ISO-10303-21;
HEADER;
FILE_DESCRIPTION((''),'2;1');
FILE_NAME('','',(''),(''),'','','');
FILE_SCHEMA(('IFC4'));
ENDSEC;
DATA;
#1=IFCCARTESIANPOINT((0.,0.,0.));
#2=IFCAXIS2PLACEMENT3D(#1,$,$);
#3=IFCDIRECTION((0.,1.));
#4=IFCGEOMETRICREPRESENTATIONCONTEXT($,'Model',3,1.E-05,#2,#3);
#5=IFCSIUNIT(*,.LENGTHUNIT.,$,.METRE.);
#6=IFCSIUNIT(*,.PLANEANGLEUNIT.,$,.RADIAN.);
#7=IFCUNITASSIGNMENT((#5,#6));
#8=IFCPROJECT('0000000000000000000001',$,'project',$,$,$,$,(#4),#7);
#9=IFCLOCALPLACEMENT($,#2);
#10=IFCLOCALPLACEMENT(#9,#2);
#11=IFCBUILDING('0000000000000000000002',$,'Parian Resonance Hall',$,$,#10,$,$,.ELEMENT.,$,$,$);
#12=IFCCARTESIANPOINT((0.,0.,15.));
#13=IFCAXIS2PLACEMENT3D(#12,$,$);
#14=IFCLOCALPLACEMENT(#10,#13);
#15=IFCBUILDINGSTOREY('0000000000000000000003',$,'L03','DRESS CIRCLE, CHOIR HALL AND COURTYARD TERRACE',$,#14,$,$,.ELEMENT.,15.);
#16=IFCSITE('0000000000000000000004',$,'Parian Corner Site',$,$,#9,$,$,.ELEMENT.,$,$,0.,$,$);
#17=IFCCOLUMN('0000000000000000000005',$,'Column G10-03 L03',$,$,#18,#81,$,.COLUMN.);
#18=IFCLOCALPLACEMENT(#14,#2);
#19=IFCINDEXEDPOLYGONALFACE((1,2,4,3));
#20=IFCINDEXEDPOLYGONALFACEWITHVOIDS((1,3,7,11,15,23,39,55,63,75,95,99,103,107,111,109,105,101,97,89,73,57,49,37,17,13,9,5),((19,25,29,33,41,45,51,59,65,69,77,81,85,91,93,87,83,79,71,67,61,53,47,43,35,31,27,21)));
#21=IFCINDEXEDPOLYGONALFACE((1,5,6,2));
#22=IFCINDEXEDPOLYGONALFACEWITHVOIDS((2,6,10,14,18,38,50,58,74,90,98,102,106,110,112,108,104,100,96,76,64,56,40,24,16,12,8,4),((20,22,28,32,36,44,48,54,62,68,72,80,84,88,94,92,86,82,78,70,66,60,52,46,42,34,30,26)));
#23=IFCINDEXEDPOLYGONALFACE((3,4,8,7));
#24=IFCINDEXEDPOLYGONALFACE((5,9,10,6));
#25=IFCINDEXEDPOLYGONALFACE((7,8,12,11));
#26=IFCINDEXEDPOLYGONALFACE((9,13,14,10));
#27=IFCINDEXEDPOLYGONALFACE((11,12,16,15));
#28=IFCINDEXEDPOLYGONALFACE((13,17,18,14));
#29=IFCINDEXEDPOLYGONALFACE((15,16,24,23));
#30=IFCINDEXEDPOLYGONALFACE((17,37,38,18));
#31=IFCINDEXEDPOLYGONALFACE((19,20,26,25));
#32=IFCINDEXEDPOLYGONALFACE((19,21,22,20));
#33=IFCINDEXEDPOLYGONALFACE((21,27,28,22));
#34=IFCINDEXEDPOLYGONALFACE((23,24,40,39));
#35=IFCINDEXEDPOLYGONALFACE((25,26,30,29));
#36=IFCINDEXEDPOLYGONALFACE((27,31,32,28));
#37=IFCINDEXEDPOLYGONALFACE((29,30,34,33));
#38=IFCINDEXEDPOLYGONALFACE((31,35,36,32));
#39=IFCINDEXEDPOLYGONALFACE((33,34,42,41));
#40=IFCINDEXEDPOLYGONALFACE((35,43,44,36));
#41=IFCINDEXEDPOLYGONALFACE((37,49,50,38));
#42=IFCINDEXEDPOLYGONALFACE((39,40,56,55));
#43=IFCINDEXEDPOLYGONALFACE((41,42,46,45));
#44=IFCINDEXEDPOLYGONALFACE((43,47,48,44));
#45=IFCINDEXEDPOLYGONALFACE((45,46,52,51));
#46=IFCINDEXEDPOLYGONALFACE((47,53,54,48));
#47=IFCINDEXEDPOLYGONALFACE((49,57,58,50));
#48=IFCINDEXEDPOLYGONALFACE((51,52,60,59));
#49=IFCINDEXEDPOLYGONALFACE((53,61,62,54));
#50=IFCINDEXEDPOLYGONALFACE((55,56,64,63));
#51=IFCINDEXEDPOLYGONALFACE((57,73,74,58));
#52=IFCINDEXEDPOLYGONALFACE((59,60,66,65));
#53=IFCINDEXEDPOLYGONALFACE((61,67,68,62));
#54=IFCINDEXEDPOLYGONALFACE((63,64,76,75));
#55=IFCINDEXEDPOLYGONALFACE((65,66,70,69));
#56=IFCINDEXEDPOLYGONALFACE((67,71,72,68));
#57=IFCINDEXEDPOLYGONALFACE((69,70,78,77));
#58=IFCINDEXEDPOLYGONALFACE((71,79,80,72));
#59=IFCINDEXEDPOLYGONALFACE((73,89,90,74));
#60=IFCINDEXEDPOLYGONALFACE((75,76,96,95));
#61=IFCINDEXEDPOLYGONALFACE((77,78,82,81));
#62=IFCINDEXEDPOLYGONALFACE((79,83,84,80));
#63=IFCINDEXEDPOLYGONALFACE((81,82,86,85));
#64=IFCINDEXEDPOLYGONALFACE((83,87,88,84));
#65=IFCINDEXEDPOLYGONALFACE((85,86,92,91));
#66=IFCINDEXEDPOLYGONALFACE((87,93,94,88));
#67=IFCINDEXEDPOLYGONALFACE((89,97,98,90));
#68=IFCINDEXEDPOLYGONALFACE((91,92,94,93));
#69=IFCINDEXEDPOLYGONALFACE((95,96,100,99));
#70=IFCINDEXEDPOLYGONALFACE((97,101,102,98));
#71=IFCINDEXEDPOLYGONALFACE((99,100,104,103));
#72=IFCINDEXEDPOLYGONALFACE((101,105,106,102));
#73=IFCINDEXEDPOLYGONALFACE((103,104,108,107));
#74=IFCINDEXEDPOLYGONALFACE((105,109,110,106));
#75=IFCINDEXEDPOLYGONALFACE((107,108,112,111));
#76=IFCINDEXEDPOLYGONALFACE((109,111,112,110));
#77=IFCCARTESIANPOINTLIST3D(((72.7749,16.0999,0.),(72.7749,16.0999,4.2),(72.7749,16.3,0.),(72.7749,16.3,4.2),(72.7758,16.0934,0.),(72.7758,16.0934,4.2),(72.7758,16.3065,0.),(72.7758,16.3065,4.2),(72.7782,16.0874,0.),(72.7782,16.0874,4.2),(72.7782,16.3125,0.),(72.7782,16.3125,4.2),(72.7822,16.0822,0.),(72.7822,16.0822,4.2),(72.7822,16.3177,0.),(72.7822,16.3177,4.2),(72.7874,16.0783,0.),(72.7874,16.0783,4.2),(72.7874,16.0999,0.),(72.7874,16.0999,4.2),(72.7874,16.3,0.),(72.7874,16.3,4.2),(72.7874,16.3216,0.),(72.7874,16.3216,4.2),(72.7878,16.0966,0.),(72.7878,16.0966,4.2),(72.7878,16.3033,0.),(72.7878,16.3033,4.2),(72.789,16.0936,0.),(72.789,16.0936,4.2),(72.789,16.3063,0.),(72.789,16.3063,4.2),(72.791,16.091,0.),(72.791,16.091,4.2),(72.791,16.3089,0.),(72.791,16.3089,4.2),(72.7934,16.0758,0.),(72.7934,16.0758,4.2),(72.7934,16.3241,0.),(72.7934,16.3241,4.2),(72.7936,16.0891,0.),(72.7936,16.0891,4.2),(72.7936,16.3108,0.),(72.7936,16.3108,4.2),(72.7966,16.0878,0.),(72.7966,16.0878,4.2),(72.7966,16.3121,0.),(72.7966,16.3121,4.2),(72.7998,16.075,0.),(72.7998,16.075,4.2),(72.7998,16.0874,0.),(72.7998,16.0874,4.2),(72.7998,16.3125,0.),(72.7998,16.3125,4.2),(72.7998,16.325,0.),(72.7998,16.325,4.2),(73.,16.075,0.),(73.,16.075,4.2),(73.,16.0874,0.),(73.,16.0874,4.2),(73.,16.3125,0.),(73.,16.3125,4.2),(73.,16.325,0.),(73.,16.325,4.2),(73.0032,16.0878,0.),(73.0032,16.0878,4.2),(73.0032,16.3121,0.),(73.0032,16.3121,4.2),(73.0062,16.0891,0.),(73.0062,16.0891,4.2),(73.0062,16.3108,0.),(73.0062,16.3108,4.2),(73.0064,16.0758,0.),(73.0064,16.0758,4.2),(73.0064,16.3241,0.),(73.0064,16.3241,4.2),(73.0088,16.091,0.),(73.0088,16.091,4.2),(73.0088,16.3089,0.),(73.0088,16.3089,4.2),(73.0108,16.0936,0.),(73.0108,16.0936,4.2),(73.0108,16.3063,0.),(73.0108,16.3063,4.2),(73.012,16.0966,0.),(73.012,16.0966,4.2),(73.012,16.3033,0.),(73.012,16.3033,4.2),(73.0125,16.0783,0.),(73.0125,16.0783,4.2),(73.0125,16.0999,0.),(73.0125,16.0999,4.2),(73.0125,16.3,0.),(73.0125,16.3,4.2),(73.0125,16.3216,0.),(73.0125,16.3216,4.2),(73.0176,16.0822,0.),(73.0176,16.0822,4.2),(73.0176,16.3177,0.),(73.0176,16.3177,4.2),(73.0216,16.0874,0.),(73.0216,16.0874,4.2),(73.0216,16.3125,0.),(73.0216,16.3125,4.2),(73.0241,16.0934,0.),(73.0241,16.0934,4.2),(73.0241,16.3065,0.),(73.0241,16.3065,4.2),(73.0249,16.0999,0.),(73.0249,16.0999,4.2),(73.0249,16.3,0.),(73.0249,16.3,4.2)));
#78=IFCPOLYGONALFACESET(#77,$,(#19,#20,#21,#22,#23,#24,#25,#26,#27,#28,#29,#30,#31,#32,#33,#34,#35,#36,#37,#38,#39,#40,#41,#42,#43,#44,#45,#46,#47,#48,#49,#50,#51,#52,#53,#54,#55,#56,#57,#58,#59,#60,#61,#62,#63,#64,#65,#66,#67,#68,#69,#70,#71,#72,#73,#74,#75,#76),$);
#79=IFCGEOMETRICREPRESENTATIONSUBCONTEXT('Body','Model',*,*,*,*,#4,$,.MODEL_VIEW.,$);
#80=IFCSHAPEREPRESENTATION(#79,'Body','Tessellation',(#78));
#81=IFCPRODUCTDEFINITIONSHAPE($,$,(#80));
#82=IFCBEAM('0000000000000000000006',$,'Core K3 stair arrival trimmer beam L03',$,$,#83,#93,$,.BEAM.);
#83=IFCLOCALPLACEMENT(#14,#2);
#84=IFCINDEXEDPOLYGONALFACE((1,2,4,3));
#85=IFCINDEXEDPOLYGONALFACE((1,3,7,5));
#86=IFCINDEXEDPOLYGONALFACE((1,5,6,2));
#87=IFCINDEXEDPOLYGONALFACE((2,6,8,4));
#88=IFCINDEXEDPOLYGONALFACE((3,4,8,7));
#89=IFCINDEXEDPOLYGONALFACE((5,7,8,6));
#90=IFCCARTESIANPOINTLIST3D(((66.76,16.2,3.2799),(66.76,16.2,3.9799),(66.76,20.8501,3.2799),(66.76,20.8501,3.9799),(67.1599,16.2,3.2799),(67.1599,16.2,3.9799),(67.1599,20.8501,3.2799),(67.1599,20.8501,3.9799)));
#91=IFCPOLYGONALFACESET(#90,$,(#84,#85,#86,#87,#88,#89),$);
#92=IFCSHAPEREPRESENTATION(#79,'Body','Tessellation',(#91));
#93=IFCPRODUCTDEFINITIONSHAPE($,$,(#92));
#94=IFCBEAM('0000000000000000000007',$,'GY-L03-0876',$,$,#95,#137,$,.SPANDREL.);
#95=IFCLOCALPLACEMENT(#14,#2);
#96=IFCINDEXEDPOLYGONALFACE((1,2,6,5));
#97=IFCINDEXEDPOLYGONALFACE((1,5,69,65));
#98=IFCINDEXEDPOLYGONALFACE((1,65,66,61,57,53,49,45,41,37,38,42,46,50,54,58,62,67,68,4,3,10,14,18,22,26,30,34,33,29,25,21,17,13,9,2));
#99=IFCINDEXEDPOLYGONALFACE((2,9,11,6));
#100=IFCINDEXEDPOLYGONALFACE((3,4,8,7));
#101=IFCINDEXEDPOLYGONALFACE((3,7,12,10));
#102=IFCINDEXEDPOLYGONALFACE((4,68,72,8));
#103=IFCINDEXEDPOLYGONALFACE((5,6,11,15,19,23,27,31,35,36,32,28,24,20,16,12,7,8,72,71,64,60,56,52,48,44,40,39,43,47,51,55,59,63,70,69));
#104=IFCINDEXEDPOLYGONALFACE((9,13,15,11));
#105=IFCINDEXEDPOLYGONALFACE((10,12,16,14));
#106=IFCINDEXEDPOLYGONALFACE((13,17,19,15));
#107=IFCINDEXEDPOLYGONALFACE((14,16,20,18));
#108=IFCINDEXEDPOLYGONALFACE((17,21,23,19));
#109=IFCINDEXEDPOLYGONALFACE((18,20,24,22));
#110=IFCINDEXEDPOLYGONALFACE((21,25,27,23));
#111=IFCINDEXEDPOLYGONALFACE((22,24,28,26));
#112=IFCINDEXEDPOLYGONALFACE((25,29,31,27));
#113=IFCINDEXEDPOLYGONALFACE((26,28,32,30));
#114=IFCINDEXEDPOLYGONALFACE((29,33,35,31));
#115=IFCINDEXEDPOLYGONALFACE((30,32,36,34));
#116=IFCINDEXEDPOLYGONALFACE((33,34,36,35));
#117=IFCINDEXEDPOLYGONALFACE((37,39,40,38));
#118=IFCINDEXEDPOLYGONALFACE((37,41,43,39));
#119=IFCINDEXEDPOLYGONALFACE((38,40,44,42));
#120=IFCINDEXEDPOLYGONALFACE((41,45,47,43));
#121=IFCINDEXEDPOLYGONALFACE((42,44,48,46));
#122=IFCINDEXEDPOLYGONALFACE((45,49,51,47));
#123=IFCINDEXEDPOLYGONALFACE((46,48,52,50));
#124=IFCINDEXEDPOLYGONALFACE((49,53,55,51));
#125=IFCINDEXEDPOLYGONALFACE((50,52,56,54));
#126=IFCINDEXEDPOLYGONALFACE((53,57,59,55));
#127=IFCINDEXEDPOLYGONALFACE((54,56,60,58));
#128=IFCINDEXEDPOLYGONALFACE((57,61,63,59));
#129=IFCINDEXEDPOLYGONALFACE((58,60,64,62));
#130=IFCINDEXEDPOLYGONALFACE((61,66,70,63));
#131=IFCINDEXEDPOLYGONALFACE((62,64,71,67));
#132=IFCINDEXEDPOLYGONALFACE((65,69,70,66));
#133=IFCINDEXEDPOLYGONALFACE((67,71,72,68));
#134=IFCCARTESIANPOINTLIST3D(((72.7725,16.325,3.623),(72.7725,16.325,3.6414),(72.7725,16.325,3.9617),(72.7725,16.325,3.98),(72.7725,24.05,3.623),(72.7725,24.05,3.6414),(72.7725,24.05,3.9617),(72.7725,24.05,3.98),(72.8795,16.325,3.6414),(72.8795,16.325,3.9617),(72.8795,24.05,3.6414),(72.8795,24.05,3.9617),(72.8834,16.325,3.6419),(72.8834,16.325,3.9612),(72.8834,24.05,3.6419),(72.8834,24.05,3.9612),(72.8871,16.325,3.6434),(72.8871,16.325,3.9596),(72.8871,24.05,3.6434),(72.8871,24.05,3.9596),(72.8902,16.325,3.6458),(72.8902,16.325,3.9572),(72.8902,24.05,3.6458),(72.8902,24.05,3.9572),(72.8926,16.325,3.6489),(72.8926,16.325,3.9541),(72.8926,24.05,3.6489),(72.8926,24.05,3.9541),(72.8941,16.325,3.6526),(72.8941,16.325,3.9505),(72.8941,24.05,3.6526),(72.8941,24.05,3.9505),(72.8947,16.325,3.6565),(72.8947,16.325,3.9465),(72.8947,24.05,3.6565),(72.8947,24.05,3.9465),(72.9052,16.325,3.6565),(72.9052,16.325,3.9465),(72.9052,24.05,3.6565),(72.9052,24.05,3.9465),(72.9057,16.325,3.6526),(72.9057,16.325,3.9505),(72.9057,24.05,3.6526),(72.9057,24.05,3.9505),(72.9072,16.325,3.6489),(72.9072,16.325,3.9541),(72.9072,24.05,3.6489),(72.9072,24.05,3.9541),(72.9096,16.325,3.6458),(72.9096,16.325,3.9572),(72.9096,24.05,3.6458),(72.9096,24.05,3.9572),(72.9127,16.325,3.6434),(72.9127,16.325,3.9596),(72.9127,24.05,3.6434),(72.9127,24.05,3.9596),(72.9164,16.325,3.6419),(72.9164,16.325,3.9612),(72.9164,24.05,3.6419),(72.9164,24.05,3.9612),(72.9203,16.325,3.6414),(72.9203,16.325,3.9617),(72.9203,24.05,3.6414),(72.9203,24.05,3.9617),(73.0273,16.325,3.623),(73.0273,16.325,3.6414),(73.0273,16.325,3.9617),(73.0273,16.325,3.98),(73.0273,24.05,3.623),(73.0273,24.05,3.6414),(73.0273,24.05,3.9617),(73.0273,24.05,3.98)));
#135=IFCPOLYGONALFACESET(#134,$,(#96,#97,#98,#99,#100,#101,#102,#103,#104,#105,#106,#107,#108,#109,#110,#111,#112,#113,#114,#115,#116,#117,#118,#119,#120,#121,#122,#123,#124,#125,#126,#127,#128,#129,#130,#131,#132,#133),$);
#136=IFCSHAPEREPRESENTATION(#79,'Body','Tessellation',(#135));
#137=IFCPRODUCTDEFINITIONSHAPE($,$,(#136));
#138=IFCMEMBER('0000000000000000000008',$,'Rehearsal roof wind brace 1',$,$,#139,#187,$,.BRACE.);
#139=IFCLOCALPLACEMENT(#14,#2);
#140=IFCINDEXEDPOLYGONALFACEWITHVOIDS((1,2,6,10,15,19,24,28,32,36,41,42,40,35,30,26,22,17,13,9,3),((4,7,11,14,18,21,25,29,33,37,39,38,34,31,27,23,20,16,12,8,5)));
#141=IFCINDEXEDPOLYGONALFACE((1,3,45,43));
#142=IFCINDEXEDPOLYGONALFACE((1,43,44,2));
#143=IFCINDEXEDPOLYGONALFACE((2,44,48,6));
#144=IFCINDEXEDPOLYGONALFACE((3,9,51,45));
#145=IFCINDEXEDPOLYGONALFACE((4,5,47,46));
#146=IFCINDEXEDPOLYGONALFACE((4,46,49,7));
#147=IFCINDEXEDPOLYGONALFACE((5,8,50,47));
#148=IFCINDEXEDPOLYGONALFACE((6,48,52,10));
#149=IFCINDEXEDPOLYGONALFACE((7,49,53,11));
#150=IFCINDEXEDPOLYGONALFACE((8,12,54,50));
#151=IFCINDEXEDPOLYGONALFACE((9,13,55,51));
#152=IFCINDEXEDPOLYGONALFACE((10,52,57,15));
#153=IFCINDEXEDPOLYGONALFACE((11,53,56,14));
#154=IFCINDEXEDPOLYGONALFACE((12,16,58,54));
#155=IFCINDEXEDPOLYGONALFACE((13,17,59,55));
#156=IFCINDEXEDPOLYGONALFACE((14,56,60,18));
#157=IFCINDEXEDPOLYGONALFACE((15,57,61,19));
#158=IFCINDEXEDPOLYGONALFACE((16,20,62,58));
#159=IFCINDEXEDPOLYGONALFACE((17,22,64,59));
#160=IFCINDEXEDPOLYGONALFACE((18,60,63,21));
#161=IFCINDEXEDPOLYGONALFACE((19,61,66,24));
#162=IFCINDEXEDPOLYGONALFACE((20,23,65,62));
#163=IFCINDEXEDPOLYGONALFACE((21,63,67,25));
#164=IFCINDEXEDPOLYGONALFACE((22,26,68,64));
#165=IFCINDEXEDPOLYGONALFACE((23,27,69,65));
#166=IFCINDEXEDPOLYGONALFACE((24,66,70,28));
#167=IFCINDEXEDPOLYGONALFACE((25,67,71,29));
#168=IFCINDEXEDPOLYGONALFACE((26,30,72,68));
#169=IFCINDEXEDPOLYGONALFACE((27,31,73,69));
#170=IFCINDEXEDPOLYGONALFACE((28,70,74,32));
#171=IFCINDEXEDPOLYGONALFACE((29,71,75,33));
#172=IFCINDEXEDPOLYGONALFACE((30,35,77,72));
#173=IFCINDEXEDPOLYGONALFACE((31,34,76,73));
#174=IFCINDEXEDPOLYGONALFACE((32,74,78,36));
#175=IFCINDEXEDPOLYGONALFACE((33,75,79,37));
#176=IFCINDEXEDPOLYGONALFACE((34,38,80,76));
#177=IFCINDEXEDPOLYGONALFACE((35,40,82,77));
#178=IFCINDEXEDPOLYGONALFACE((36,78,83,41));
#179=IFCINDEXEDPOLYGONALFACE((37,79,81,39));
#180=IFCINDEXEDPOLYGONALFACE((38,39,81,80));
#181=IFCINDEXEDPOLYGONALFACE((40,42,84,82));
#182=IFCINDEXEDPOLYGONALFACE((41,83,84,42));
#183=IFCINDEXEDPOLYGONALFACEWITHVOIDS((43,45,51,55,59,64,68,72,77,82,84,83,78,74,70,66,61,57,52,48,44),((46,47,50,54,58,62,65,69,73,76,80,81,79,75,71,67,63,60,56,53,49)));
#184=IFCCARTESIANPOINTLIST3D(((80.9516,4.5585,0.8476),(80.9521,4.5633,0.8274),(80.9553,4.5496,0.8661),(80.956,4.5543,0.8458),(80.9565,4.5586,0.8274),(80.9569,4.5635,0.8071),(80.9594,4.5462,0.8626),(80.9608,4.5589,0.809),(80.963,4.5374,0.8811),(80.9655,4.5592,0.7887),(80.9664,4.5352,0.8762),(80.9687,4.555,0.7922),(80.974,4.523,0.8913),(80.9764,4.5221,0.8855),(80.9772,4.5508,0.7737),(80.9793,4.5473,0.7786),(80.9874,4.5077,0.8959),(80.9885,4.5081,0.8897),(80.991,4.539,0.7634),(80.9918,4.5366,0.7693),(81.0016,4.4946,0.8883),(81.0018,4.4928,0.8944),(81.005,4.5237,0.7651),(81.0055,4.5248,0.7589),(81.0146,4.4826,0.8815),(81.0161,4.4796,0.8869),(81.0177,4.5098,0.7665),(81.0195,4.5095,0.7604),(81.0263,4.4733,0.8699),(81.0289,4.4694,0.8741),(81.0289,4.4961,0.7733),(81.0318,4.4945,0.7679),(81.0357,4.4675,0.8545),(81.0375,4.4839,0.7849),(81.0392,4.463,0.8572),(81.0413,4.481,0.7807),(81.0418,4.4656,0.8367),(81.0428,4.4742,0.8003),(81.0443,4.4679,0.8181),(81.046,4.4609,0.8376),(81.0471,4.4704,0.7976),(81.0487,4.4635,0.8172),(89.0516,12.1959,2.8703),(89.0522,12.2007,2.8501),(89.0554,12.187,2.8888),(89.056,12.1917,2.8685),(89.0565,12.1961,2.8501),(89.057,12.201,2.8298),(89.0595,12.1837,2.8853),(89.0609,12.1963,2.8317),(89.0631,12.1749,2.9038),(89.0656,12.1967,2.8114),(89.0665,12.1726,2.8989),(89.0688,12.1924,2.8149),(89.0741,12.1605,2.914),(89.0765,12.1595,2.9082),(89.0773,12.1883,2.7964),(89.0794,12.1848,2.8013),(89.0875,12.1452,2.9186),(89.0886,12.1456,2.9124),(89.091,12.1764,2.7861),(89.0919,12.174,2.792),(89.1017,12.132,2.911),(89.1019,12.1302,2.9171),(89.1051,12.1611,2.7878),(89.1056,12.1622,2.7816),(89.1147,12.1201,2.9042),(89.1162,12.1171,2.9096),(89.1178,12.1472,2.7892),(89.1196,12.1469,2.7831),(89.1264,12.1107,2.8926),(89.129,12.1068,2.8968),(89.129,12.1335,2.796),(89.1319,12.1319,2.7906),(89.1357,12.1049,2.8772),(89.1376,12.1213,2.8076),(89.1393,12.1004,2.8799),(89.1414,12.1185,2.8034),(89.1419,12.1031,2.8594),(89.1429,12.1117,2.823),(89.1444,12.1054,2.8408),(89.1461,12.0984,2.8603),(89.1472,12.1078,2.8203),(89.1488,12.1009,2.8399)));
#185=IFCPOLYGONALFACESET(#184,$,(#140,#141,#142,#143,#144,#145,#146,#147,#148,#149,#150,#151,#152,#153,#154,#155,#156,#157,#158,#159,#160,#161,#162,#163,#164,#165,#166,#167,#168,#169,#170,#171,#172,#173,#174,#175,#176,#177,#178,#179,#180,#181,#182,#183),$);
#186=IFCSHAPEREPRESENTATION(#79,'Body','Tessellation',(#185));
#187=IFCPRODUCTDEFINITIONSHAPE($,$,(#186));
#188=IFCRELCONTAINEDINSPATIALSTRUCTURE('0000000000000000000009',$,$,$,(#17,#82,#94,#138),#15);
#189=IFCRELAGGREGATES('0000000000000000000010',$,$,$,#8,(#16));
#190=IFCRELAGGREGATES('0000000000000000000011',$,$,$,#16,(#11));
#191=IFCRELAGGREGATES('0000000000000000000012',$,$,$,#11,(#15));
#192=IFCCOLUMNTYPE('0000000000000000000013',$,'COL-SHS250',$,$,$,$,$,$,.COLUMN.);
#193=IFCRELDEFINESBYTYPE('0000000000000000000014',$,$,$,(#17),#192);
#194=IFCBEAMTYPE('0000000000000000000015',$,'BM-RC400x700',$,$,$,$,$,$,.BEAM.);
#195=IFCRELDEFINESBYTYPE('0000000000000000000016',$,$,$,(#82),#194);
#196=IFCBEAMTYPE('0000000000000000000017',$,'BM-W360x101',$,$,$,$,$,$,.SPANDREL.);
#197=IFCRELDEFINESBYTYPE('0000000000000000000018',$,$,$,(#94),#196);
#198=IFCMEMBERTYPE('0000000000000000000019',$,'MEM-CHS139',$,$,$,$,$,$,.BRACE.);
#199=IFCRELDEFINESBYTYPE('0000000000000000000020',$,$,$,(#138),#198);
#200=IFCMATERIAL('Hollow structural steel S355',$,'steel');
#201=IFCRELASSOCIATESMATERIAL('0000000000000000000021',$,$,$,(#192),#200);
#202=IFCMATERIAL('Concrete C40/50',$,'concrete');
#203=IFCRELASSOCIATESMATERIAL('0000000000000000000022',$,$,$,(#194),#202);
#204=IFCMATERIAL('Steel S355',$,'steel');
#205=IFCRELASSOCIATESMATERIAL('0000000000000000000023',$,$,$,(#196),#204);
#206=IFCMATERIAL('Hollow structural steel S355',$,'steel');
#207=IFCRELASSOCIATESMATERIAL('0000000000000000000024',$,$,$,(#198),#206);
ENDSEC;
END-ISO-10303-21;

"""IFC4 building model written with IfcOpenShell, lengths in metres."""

from ifc_helpers import new_model, si_unit, direction, frame, origin, origin_2d, place, context, subcontext, project, spatial, rectangle, hollow_rectangle, hollow_circle, i_section, extrude, material, material_profile, profile_set, type_object, element, save


model = new_model("IFC4")

# Units and contexts
model_context = context("Model", 3, precision=1e-05, world=origin(), true_north=direction((0.0, 1.0)))
body_context = subcontext(model_context, "Body", "Model", "MODEL_VIEW")
ifc_project = project(units=[si_unit("LENGTHUNIT", "METRE"), si_unit("PLANEANGLEUNIT", "RADIAN")], contexts=[model_context])

# Site, building, storey
site_placement = place(None, origin())
site = spatial("IfcSite", under=ifc_project, at=site_placement, Name="Parian Corner Site", CompositionType="ELEMENT", RefElevation=0.0)
building_placement = place(site_placement, origin())
building = spatial("IfcBuilding", under=site, at=building_placement, Name="Parian Resonance Hall", CompositionType="ELEMENT")
storey_placement = place(building_placement, frame((0.0, 0.0, 15.0)))
storey = spatial("IfcBuildingStorey", under=building, at=storey_placement, Name="L03", Description="DRESS CIRCLE, CHOIR HALL AND COURTYARD TERRACE", CompositionType="ELEMENT", Elevation=15.0)

# Column
ifc_material_1 = material(Name="Hollow structural steel S355", Category="steel")
ifc_material_profile_1 = material_profile(ifc_material_1, hollow_rectangle(XDim=0.25, YDim=0.25, WallThickness=0.0125, InnerFilletRadius=0.0125, OuterFilletRadius=0.0249, at=origin_2d()), Name="SHS250x250x12.5")
ifc_profile_set_1 = profile_set([ifc_material_profile_1], Name="Hollow structural steel S355")
column_type = type_object("IfcColumnType", Name="COL-SHS250", PredefinedType="COLUMN", material=ifc_profile_set_1)
column_placement = place(storey_placement, frame((72.8999, 16.2, 0.0), z_axis=(0.0, 0.0, 1.0), x_axis=(1.0, 0.0, 0.0)))
element("IfcColumn", 1, at=column_placement, inside=storey, type_object=column_type, Name="Column G10-03 L03", PredefinedType="COLUMN", context=body_context, shape_type="SweptSolid", body=[
    extrude(hollow_rectangle(XDim=0.25, YDim=0.25, WallThickness=0.0125, InnerFilletRadius=0.0125, OuterFilletRadius=0.0249, at=origin_2d()), origin(), (0.0, 0.0, 1.0), 4.2),
])

# Beams
ifc_material_2 = material(Name="Concrete C40/50", Category="concrete")
ifc_material_profile_2 = material_profile(ifc_material_2, rectangle(XDim=0.3999, YDim=0.7, at=origin_2d()), Name="RC-BM-400x700")
ifc_profile_set_2 = profile_set([ifc_material_profile_2], Name="Concrete C40/50")
beam_type_1 = type_object("IfcBeamType", Name="BM-RC400x700", PredefinedType="BEAM", material=ifc_profile_set_2)
beam_1_placement = place(storey_placement, frame((66.96, 16.2, 3.6299), z_axis=(0.0, 1.0, 0.0), x_axis=(-1.0, 0.0, 0.0)))
element("IfcBeam", 2, at=beam_1_placement, inside=storey, type_object=beam_type_1, Name="Core K3 stair arrival trimmer beam L03", PredefinedType="BEAM", context=body_context, shape_type="SweptSolid", body=[
    extrude(rectangle(XDim=0.3999, YDim=0.7, at=origin_2d()), origin(), (0.0, 0.0, 1.0), 4.6501),
])
ifc_material_3 = material(Name="Steel S355", Category="steel")
ifc_material_profile_3 = material_profile(ifc_material_3, i_section(OverallWidth=0.2549, OverallDepth=0.3569, WebThickness=0.0105, FlangeThickness=0.0183, FilletRadius=0.0151, at=origin_2d()), Name="W360x101")
ifc_profile_set_3 = profile_set([ifc_material_profile_3], Name="Steel S355")
beam_type_2 = type_object("IfcBeamType", Name="BM-W360x101", PredefinedType="SPANDREL", material=ifc_profile_set_3)
beam_2_placement = place(storey_placement, frame((72.8999, 16.325, 3.8015), z_axis=(0.0, 1.0, 0.0), x_axis=(-1.0, 0.0, 0.0)))
element("IfcBeam", 3, at=beam_2_placement, inside=storey, type_object=beam_type_2, Name="GY-L03-0876", PredefinedType="SPANDREL", context=body_context, shape_type="SweptSolid", body=[
    extrude(i_section(OverallWidth=0.2549, OverallDepth=0.3569, WebThickness=0.0105, FlangeThickness=0.0183, FilletRadius=0.0151, at=origin_2d()), origin(), (0.0, 0.0, 1.0), 7.7251),
])

# Member
ifc_material_4 = material(Name="Hollow structural steel S355", Category="steel")
ifc_material_profile_4 = material_profile(ifc_material_4, hollow_circle(Radius=0.0698, WallThickness=0.0063, at=origin_2d()), Name="CHS139.7x6.3")
ifc_profile_set_4 = profile_set([ifc_material_profile_4], Name="Hollow structural steel S355")
member_type_1 = type_object("IfcMemberType", Name="MEM-CHS139", PredefinedType="BRACE", material=ifc_profile_set_4)
member_1_placement = place(storey_placement, frame((81.0, 4.5125, 0.8274), z_axis=(0.71586, 0.674973, 0.17876), x_axis=(-0.686023, 0.72758, 0.0)))
element("IfcMember", 4, at=member_1_placement, inside=storey, type_object=member_type_1, Name="Rehearsal roof wind brace 1", PredefinedType="BRACE", context=body_context, shape_type="SweptSolid", body=[
    extrude(hollow_circle(Radius=0.0698, WallThickness=0.0063, at=origin_2d()), origin(), (0.0, 0.0, 1.0), 11.3152),
])

save(model, "model.ifc")
